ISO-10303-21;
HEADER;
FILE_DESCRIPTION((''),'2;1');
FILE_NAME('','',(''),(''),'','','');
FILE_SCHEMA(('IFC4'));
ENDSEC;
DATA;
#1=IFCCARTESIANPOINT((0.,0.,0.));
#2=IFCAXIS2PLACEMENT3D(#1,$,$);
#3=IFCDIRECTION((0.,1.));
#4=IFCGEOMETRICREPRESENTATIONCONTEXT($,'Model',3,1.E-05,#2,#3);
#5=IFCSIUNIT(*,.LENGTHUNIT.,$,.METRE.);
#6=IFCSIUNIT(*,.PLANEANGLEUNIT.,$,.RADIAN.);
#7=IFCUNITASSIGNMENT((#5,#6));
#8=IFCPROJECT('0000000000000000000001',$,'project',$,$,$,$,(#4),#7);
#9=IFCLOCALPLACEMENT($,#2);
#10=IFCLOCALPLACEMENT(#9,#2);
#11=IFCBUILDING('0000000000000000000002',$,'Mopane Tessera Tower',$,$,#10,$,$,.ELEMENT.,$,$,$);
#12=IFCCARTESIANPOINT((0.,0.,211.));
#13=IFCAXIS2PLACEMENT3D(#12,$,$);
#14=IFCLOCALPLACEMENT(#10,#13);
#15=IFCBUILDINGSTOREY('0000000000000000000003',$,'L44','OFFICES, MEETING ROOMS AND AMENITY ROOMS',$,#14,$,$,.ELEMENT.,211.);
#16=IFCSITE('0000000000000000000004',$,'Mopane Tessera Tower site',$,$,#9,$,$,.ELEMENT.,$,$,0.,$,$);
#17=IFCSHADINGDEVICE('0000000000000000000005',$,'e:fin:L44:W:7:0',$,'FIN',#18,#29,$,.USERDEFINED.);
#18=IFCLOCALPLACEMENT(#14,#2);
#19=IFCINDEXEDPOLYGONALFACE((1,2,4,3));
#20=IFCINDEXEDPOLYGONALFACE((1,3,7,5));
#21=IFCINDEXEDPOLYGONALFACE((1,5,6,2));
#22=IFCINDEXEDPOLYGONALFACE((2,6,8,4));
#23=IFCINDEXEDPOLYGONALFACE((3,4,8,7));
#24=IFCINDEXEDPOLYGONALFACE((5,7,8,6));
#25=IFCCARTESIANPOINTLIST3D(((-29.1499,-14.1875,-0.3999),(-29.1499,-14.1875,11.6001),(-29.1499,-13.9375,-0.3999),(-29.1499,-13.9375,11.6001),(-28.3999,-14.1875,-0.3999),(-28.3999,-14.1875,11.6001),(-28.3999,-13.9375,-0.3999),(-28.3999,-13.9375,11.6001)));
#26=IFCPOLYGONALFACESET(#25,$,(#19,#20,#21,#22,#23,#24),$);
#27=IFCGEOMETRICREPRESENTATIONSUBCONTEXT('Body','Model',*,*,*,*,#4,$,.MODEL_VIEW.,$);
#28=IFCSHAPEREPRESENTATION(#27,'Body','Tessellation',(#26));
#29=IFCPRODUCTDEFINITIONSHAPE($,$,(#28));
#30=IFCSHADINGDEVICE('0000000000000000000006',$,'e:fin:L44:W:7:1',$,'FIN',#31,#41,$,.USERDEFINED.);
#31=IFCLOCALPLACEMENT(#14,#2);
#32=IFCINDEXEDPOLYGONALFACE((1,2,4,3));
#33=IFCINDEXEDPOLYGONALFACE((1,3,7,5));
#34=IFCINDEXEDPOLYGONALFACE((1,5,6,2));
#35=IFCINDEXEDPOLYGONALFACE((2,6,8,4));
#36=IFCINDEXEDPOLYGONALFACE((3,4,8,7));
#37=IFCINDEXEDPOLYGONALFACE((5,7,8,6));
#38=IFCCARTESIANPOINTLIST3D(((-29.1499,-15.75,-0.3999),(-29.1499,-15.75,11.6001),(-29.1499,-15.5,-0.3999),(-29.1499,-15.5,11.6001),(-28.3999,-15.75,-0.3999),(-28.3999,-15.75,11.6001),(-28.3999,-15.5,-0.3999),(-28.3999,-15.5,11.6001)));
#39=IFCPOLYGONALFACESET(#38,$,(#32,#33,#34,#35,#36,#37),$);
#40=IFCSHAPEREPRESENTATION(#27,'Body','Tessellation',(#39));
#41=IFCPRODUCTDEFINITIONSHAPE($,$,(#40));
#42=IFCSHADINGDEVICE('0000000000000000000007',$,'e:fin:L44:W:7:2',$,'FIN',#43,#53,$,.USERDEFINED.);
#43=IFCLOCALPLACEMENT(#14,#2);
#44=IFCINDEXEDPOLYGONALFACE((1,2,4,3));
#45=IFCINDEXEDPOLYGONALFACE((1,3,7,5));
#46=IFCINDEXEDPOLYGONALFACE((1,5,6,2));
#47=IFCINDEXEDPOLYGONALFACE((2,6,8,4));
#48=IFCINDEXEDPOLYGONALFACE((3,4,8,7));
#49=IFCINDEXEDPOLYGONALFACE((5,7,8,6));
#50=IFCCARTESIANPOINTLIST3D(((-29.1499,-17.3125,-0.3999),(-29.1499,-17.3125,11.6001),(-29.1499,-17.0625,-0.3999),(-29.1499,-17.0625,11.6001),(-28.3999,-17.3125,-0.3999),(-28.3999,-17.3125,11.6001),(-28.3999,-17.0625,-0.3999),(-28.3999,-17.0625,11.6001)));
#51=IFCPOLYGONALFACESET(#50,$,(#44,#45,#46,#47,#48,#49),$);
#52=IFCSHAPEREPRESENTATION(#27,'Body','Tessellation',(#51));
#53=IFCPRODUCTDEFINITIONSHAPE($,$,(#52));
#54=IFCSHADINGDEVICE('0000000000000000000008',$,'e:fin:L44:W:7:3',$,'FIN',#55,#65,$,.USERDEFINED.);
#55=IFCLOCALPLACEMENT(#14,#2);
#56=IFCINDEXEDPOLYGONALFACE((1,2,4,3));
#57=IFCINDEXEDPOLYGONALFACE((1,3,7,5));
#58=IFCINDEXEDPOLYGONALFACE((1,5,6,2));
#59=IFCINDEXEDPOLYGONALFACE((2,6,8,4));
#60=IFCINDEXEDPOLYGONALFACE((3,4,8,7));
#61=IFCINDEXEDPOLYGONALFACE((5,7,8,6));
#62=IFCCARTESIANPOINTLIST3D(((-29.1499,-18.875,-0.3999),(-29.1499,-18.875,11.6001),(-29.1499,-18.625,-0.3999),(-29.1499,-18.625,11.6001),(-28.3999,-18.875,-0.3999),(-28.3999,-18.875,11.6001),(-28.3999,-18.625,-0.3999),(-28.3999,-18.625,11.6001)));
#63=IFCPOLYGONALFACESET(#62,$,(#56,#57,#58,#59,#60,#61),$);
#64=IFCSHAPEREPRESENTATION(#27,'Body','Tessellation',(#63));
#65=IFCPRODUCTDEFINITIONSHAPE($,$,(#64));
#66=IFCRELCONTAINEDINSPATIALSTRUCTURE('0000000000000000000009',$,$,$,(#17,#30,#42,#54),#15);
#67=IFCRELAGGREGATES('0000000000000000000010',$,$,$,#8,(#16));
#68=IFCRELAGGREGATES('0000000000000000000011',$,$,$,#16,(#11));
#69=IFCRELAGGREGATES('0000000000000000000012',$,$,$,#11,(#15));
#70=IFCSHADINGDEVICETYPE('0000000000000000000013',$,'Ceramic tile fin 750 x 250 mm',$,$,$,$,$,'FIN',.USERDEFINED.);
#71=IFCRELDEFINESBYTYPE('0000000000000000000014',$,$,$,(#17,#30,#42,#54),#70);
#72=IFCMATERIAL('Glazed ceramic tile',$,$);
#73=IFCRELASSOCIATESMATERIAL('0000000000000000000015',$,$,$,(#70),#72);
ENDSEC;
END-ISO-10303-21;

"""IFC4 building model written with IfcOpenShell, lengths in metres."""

from ifc_helpers import new_model, si_unit, direction, frame, origin, origin_2d, place, context, subcontext, project, spatial, rectangle, extrude, material, type_object, element, save


model = new_model("IFC4")

# Units and contexts
model_context = context("Model", 3, precision=1e-05, world=origin(), true_north=direction((0.0, 1.0)))
body_context = subcontext(model_context, "Body", "Model", "MODEL_VIEW")
ifc_project = project(units=[si_unit("LENGTHUNIT", "METRE"), si_unit("PLANEANGLEUNIT", "RADIAN")], contexts=[model_context])

# Site, building, storey
site_placement = place(None, origin())
site = spatial("IfcSite", under=ifc_project, at=site_placement, Name="Mopane Tessera Tower site", CompositionType="ELEMENT", RefElevation=0.0)
building_placement = place(site_placement, origin())
building = spatial("IfcBuilding", under=site, at=building_placement, Name="Mopane Tessera Tower", CompositionType="ELEMENT")
storey_placement = place(building_placement, frame((0.0, 0.0, 211.0)))
storey = spatial("IfcBuildingStorey", under=building, at=storey_placement, Name="L44", Description="OFFICES, MEETING ROOMS AND AMENITY ROOMS", CompositionType="ELEMENT", Elevation=211.0)

# Shading devices
ifc_material_1 = material(Name="Glazed ceramic tile")
shading_device_type = type_object("IfcShadingDeviceType", Name="Ceramic tile fin 750 x 250 mm", ElementType="FIN", PredefinedType="USERDEFINED", material=ifc_material_1)
for number, where, z_axis, x_axis, name in (
    (1, (-28.7749, -14.0625, -0.3999), (0.0, 0.0, 1.0), (0.0, -1.0, 0.0), "e:fin:L44:W:7:0"),
    (2, (-28.7749, -15.625, -0.3999), (0.0, 0.0, 1.0), (0.0, -1.0, 0.0), "e:fin:L44:W:7:1"),
    (3, (-28.7749, -17.1875, -0.3999), (0.0, 0.0, 1.0), (0.0, -1.0, 0.0), "e:fin:L44:W:7:2"),
    (4, (-28.7749, -18.75, -0.3999), (0.0, 0.0, 1.0), (0.0, -1.0, 0.0), "e:fin:L44:W:7:3"),
):
    element("IfcShadingDevice", number, at=place(storey_placement, frame(where, z_axis=z_axis, x_axis=x_axis)), inside=storey, type_object=shading_device_type, Name=name, ObjectType="FIN", PredefinedType="USERDEFINED", context=body_context, shape_type="SweptSolid", body=[
        extrude(rectangle(XDim=0.25, YDim=0.75, at=origin_2d()), origin(), (0.0, 0.0, 1.0), 12.0),
    ])

save(model, "model.ifc")
